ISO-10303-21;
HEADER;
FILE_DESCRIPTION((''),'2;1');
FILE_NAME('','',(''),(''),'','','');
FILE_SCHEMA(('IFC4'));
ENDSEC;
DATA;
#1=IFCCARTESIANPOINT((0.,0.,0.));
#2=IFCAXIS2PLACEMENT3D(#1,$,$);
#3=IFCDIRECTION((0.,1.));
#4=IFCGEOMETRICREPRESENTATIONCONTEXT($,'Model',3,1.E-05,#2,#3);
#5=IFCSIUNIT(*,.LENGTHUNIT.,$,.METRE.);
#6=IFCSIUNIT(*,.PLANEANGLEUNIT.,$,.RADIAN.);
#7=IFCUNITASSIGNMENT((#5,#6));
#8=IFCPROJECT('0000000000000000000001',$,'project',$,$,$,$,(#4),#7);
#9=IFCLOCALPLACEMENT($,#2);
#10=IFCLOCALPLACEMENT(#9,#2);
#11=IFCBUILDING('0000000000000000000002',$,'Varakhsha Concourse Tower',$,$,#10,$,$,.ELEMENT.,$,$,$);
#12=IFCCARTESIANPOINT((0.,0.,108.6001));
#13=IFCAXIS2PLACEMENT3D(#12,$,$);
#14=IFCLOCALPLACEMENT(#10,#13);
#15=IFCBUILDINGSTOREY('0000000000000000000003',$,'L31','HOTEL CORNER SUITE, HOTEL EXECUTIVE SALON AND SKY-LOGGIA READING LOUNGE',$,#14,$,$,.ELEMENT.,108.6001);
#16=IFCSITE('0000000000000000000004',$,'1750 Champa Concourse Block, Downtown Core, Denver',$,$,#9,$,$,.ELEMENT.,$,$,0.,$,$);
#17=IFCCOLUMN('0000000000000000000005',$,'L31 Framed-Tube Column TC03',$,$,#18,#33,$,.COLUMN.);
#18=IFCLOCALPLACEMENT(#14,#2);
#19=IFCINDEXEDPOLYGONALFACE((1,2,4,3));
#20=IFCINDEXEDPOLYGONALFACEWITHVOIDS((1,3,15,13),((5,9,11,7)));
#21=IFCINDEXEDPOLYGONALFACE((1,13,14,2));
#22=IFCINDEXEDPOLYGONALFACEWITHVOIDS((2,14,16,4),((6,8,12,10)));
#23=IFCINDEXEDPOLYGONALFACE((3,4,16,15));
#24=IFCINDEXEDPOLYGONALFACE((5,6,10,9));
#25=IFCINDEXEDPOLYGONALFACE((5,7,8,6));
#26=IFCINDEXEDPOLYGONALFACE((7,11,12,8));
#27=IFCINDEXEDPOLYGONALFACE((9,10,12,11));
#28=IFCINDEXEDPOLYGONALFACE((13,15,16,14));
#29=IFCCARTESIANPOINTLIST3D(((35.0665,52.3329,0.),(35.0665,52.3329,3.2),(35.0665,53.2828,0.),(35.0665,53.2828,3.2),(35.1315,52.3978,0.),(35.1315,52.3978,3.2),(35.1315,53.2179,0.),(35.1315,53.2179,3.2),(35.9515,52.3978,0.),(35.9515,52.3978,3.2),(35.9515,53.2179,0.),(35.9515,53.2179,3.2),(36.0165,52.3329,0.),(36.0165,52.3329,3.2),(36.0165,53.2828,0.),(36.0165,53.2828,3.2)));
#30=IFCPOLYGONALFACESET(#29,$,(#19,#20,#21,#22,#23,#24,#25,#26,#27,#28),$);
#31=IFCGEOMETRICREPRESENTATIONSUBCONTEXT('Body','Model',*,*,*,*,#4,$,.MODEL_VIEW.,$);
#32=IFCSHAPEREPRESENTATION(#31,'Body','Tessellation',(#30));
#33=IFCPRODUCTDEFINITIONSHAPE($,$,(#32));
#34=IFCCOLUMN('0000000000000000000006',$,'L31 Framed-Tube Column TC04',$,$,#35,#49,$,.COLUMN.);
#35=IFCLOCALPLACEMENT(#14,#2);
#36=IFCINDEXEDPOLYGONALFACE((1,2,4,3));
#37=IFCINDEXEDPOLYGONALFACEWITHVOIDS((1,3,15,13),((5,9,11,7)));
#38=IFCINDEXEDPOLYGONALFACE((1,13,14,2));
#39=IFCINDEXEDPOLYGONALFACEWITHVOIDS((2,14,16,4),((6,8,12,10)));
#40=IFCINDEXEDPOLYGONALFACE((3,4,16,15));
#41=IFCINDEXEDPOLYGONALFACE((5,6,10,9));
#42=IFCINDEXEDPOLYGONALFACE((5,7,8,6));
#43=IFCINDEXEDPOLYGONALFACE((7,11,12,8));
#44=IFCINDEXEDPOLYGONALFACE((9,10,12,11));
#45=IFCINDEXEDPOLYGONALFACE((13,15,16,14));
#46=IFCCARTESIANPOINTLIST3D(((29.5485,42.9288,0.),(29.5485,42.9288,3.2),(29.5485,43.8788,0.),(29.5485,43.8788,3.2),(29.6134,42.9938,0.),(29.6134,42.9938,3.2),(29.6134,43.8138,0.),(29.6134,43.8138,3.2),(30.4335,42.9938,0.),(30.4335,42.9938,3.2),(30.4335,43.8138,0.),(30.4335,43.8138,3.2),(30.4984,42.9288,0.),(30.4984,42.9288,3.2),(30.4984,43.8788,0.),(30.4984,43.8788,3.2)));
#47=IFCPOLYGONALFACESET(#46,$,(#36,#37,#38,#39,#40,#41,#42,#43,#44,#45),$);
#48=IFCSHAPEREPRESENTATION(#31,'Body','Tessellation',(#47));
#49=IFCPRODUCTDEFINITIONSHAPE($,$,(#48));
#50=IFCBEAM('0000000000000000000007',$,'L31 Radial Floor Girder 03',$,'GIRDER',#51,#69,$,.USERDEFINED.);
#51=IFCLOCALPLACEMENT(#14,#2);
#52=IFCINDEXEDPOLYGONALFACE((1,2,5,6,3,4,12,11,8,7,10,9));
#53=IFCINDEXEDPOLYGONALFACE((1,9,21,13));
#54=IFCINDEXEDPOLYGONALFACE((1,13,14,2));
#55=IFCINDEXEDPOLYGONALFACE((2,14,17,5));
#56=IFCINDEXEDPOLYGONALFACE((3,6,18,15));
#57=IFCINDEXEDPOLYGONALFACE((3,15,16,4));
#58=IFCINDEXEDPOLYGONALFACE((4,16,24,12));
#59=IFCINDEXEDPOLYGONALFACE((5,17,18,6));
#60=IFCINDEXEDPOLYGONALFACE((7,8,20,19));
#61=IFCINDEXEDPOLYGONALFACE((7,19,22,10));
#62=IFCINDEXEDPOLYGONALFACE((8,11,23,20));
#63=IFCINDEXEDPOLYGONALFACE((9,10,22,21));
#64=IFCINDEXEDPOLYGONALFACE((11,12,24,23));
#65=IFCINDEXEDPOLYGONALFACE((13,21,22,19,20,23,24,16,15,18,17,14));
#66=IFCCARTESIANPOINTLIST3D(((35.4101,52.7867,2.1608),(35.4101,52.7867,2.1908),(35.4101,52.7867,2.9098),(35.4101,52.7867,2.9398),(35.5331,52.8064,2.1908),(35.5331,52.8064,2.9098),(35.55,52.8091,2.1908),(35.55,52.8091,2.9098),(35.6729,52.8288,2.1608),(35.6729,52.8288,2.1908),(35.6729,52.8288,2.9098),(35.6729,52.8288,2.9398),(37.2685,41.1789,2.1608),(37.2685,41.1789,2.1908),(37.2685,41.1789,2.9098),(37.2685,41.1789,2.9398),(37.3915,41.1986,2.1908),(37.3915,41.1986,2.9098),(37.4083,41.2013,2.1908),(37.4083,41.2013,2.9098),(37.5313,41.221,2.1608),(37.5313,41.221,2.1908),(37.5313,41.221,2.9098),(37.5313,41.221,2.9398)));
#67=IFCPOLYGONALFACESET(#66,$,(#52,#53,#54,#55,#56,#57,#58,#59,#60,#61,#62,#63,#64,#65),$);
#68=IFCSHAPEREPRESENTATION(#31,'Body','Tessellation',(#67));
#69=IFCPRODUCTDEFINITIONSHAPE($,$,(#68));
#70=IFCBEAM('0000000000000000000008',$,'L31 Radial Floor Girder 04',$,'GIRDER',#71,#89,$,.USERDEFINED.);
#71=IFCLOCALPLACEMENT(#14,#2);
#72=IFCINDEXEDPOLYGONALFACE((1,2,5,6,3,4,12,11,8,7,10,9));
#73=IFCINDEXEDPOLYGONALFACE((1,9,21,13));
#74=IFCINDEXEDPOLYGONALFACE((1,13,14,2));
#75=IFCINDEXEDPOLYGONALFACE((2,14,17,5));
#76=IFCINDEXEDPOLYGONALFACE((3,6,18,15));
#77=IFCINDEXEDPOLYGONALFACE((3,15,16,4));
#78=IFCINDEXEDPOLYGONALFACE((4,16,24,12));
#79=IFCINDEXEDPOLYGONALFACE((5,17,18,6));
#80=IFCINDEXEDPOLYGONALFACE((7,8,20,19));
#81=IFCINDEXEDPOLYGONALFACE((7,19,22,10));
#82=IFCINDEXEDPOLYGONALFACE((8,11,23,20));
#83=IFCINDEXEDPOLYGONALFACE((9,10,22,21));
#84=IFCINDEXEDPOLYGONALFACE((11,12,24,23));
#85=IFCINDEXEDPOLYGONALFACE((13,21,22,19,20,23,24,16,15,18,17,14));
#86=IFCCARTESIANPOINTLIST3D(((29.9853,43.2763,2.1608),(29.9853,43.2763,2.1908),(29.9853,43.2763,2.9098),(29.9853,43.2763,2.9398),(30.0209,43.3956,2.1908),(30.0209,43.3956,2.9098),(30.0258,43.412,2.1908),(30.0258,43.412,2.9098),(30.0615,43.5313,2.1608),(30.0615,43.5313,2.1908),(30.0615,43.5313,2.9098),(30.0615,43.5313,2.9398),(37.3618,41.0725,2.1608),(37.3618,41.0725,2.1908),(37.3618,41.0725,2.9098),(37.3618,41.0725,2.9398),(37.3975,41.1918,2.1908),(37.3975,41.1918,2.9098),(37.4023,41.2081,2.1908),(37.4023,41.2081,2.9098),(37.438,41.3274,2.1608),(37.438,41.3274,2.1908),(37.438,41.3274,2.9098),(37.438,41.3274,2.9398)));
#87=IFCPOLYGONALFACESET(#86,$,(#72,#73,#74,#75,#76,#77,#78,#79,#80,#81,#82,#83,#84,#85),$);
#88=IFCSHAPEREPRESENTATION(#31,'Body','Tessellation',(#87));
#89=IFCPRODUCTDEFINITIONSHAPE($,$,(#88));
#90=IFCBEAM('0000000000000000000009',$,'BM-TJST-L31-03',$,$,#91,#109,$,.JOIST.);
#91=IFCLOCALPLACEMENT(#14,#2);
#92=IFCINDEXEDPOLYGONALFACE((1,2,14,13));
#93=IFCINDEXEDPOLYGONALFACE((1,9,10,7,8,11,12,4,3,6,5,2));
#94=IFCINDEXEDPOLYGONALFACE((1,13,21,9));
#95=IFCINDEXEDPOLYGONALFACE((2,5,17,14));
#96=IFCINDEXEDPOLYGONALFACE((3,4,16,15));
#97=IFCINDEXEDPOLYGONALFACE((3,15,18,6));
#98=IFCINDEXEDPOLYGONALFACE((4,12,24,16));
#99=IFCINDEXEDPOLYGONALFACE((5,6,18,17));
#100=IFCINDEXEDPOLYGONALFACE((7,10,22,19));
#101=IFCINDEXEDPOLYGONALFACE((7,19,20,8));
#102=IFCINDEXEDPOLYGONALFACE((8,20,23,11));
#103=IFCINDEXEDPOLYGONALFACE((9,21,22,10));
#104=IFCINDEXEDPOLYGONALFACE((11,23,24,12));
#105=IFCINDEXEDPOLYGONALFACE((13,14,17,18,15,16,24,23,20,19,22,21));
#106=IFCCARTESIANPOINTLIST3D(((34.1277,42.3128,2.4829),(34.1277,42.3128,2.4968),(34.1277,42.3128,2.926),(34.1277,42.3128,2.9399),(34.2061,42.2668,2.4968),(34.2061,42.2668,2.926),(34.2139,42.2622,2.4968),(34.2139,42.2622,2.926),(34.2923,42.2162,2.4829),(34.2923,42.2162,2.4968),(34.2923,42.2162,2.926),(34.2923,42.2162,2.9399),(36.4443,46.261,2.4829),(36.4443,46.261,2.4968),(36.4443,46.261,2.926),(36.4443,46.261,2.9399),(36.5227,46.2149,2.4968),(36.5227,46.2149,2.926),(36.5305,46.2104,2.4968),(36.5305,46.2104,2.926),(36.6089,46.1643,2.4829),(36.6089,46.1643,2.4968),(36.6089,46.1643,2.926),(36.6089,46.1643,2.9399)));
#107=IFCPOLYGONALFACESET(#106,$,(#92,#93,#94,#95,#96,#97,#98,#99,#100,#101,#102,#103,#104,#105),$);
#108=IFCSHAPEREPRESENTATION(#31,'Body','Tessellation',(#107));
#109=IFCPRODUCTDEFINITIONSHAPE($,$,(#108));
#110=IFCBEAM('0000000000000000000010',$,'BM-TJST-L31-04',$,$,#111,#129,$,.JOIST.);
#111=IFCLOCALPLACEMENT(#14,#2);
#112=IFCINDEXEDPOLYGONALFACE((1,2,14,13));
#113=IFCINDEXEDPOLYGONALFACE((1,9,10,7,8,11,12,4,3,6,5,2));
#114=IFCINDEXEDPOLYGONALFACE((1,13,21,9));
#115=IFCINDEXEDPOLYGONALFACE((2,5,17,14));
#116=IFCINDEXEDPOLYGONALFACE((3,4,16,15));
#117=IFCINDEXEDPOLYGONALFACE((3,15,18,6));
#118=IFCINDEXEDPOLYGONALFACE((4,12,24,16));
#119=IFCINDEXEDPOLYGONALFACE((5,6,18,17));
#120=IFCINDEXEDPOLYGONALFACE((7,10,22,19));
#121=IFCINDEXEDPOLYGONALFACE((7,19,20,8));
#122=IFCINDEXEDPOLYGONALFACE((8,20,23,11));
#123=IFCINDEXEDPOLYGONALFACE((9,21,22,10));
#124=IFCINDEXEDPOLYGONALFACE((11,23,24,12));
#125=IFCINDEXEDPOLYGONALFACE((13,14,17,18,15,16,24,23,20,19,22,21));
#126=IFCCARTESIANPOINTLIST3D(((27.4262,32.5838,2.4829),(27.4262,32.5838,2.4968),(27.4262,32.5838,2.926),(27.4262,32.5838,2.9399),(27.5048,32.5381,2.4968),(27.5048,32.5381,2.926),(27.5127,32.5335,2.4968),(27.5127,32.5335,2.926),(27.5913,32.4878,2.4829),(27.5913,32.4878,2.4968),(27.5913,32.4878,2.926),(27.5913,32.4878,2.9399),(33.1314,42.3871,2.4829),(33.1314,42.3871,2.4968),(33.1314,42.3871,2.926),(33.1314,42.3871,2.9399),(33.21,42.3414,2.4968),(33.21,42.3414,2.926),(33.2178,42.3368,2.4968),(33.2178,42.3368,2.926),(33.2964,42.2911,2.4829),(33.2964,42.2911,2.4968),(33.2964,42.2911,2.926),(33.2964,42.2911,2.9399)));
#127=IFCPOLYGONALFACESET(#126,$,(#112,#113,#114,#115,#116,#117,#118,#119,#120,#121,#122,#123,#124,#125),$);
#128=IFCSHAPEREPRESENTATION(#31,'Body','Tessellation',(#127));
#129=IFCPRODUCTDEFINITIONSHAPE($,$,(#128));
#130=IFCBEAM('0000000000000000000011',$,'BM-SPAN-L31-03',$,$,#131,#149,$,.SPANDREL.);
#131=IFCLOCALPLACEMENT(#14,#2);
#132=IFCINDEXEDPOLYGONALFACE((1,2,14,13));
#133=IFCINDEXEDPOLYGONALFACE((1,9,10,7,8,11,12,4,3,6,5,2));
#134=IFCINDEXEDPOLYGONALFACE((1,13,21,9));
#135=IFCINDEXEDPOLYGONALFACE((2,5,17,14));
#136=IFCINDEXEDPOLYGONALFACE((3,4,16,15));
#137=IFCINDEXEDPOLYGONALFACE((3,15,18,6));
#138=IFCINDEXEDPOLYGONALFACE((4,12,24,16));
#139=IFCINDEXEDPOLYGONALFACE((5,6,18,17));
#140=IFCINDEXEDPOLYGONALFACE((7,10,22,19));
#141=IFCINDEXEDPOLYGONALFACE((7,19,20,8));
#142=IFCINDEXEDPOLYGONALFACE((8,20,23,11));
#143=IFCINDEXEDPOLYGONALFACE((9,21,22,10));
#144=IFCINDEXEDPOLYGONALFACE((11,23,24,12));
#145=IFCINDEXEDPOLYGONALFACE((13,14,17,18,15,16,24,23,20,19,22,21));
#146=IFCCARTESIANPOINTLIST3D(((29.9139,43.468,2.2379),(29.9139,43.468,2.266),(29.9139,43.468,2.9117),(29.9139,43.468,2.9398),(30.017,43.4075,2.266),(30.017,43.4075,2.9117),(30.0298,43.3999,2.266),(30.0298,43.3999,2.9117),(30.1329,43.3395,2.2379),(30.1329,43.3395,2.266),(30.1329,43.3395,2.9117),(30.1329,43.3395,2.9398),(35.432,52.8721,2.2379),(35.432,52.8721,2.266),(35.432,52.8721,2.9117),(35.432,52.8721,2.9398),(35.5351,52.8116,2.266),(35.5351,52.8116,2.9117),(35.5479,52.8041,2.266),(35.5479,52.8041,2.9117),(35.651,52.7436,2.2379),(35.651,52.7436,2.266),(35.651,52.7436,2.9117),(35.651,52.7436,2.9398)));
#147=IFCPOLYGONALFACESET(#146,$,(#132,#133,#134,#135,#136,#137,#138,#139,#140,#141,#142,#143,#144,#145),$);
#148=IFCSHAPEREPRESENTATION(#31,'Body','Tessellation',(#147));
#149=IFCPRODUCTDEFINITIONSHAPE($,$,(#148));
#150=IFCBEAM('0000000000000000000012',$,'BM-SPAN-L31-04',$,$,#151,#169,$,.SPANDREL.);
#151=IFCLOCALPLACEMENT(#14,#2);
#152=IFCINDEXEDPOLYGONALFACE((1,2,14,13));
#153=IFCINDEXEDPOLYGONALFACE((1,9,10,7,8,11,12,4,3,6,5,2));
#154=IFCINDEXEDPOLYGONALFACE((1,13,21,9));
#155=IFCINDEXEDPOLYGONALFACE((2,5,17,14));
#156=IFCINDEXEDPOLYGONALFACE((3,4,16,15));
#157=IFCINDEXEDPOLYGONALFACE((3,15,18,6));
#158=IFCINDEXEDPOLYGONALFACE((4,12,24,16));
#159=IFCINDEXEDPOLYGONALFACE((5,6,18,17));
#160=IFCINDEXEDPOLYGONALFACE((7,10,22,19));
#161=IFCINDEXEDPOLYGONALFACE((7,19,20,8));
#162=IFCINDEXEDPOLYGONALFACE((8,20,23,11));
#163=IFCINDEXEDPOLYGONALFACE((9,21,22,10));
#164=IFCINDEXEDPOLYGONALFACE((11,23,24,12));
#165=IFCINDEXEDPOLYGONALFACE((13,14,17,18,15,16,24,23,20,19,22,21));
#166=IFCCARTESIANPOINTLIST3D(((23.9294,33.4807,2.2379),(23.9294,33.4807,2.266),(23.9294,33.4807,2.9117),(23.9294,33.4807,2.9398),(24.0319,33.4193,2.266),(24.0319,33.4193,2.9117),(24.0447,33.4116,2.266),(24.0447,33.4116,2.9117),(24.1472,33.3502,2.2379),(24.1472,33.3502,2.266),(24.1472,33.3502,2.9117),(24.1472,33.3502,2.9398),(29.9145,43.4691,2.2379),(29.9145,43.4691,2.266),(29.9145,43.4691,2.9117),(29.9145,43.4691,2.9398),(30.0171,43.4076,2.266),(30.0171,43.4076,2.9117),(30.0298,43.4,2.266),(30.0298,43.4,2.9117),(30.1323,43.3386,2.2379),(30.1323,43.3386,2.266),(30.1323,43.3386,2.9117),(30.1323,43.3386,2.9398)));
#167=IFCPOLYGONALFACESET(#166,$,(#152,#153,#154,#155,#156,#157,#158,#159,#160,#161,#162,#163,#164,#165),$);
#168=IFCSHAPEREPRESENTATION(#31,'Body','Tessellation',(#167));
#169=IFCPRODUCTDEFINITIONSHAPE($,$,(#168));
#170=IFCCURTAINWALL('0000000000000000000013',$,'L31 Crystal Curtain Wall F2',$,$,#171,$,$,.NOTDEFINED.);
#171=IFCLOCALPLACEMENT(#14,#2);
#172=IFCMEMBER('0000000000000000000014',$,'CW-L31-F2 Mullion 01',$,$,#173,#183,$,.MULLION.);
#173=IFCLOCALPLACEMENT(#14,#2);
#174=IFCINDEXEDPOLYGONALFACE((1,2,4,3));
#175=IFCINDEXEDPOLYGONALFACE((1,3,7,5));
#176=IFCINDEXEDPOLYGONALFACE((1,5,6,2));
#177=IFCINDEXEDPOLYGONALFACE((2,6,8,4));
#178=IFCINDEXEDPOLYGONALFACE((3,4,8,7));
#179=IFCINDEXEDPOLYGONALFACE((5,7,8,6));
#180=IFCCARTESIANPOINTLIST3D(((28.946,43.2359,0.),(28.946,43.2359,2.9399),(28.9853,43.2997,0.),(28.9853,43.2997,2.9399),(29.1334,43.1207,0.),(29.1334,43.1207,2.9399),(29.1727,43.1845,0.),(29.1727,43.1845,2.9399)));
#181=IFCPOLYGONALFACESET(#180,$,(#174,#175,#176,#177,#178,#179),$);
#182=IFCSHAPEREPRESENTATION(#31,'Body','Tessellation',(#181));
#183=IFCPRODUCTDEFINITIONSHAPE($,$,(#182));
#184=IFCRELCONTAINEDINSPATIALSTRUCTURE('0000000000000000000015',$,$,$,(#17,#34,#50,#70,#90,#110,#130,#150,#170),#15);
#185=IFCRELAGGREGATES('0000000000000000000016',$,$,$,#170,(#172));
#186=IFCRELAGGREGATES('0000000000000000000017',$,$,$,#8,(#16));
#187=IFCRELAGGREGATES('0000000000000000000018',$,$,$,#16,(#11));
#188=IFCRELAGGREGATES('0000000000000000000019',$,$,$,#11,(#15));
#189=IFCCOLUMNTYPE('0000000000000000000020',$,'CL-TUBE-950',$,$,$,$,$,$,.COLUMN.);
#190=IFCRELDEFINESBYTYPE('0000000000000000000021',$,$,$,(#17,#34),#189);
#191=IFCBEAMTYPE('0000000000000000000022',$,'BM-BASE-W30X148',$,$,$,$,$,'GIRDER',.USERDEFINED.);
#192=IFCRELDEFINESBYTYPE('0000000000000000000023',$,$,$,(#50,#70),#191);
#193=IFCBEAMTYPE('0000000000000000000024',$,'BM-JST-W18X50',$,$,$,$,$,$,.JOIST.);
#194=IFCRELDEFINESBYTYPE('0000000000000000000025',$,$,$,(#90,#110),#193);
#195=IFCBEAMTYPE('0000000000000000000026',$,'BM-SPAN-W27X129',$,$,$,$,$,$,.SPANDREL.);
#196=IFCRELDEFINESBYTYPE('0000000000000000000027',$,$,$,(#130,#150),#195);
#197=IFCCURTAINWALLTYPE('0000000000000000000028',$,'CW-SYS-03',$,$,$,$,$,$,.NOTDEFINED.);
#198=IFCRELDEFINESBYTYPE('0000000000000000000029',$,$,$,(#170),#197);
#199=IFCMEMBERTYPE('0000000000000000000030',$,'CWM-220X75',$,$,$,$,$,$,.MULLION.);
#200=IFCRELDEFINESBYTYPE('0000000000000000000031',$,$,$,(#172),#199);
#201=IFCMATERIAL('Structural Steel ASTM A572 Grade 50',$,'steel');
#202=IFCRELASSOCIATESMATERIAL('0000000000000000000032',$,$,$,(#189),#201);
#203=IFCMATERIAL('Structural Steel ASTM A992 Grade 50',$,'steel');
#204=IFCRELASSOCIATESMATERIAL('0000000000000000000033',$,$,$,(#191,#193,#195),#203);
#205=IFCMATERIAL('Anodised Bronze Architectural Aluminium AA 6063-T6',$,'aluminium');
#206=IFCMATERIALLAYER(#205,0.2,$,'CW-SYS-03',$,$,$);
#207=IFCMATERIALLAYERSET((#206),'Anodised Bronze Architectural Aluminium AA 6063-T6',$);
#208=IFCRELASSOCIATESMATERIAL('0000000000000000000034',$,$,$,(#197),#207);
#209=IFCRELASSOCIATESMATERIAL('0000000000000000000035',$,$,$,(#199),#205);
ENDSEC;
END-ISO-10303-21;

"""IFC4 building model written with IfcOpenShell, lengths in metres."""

from ifc_helpers import new_model, si_unit, direction, frame, origin, origin_2d, place, context, subcontext, project, spatial, rectangle, hollow_rectangle, i_section, extrude, source, transform, mapped, material, layer, layer_set, material_profile, profile_set, type_object, type_shapes, element, aggregate, save


model = new_model("IFC4")

# Units and contexts
model_context = context("Model", 3, precision=1e-05, world=origin(), true_north=direction((0.0, 1.0)))
body_context = subcontext(model_context, "Body", "Model", "MODEL_VIEW")
ifc_project = project(units=[si_unit("LENGTHUNIT", "METRE"), si_unit("PLANEANGLEUNIT", "RADIAN")], contexts=[model_context])

# Site, building, storey
site_placement = place(None, origin())
site = spatial("IfcSite", under=ifc_project, at=site_placement, Name="1750 Champa Concourse Block, Downtown Core, Denver", CompositionType="ELEMENT", RefElevation=0.0)
building_placement = place(site_placement, origin())
building = spatial("IfcBuilding", under=site, at=building_placement, Name="Varakhsha Concourse Tower", CompositionType="ELEMENT")
storey_placement = place(building_placement, frame((0.0, 0.0, 108.6001)))
storey = spatial("IfcBuildingStorey", under=building, at=storey_placement, Name="L31", Description="HOTEL CORNER SUITE, HOTEL EXECUTIVE SALON AND SKY-LOGGIA READING LOUNGE", CompositionType="ELEMENT", Elevation=108.6001)

# Columns
ifc_material_1 = material(Name="Structural Steel ASTM A572 Grade 50", Category="steel")
ifc_material_profile_1 = material_profile(ifc_material_1, hollow_rectangle(XDim=0.95, YDim=0.95, WallThickness=0.0649, at=origin_2d()), Name="BOX 950x950x65")
ifc_profile_set_1 = profile_set([ifc_material_profile_1], Name="Structural Steel ASTM A572 Grade 50")
column_type = type_object("IfcColumnType", Name="CL-TUBE-950", PredefinedType="COLUMN", material=ifc_profile_set_1)
for number, where, z_axis, x_axis, name in (
    (1, (35.5415, 52.8079, 0.0), (0.0, 0.0, 1.0), (1.0, 0.0, 0.0), "L31 Framed-Tube Column TC03"),
    (2, (30.0234, 43.4038, 0.0), (0.0, 0.0, 1.0), (1.0, 0.0, 0.0), "L31 Framed-Tube Column TC04"),
):
    element("IfcColumn", number, at=place(storey_placement, frame(where, z_axis=z_axis, x_axis=x_axis)), inside=storey, type_object=column_type, Name=name, PredefinedType="COLUMN", context=body_context, shape_type="SweptSolid", body=[
        extrude(hollow_rectangle(XDim=0.95, YDim=0.95, WallThickness=0.0649, at=origin_2d()), origin(), (0.0, 0.0, 1.0), 3.2),
    ])

# Beams
ifc_material_2 = material(Name="Structural Steel ASTM A992 Grade 50", Category="steel")
ifc_material_profile_2 = material_profile(ifc_material_2, i_section(OverallWidth=0.2661, OverallDepth=0.7791, WebThickness=0.0171, FlangeThickness=0.03, at=origin_2d()), Name="W30X148")
ifc_profile_set_2 = profile_set([ifc_material_profile_2], Name="Structural Steel ASTM A992 Grade 50")
beam_type_1 = type_object("IfcBeamType", Name="BM-BASE-W30X148", ElementType="GIRDER", PredefinedType="USERDEFINED", material=ifc_profile_set_2)
beam_1_placement = place(storey_placement, frame((37.3999, 41.2, 2.5503), z_axis=(-0.158084, 0.987426, 0.0), x_axis=(-0.987426, -0.158084, 0.0)))
element("IfcBeam", 3, at=beam_1_placement, inside=storey, type_object=beam_type_1, Name="L31 Radial Floor Girder 03", ObjectType="GIRDER", PredefinedType="USERDEFINED", context=body_context, shape_type="SweptSolid", body=[
    extrude(i_section(OverallWidth=0.2661, OverallDepth=0.7791, WebThickness=0.0171, FlangeThickness=0.03, at=origin_2d()), origin(), (0.0, 0.0, 1.0), 11.7556),
])
beam_2_placement = place(storey_placement, frame((37.3999, 41.2, 2.5503), z_axis=(-0.95815, 0.286265, 0.0), x_axis=(-0.286265, -0.95815, 0.0)))
element("IfcBeam", 4, at=beam_2_placement, inside=storey, type_object=beam_type_1, Name="L31 Radial Floor Girder 04", ObjectType="GIRDER", PredefinedType="USERDEFINED", context=body_context, shape_type="SweptSolid", body=[
    extrude(i_section(OverallWidth=0.2661, OverallDepth=0.7791, WebThickness=0.0171, FlangeThickness=0.03, at=origin_2d()), origin(), (0.0, 0.0, 1.0), 7.6987),
])
ifc_material_profile_3 = material_profile(ifc_material_2, i_section(OverallWidth=0.1909, OverallDepth=0.457, WebThickness=0.009, FlangeThickness=0.0139, at=origin_2d()), Name="W18X50")
ifc_profile_set_3 = profile_set([ifc_material_profile_3], Name="Structural Steel ASTM A992 Grade 50")
beam_type_2 = type_object("IfcBeamType", Name="BM-JST-W18X50", PredefinedType="JOIST", material=ifc_profile_set_3)
beam_3_placement = place(storey_placement, frame((36.5266, 46.2126, 2.7114), z_axis=(-0.506071, -0.862492, 0.0), x_axis=(0.862492, -0.506071, 0.0)))
element("IfcBeam", 5, at=beam_3_placement, inside=storey, type_object=beam_type_2, Name="BM-TJST-L31-03", PredefinedType="JOIST", context=body_context, shape_type="SweptSolid", body=[
    extrude(i_section(OverallWidth=0.1909, OverallDepth=0.457, WebThickness=0.009, FlangeThickness=0.0139, at=origin_2d()), origin(), (0.0, 0.0, 1.0), 4.5776),
])
beam_4_placement = place(storey_placement, frame((33.2139, 42.3391, 2.7114), z_axis=(-0.502985, -0.864295, 0.0), x_axis=(0.864295, -0.502985, 0.0)))
element("IfcBeam", 6, at=beam_4_placement, inside=storey, type_object=beam_type_2, Name="BM-TJST-L31-04", PredefinedType="JOIST", context=body_context, shape_type="SweptSolid", body=[
    extrude(i_section(OverallWidth=0.1909, OverallDepth=0.457, WebThickness=0.009, FlangeThickness=0.0139, at=origin_2d()), origin(), (0.0, 0.0, 1.0), 11.3425),
])
ifc_material_profile_4 = material_profile(ifc_material_2, i_section(OverallWidth=0.2539, OverallDepth=0.7019, WebThickness=0.0149, FlangeThickness=0.0281, at=origin_2d()), Name="W27X129")
ifc_profile_set_4 = profile_set([ifc_material_profile_4], Name="Structural Steel ASTM A992 Grade 50")
beam_type_3 = type_object("IfcBeamType", Name="BM-SPAN-W27X129", PredefinedType="SPANDREL", material=ifc_profile_set_4)
beam_5_placement = place(storey_placement, frame((35.5415, 52.8079, 2.5889), z_axis=(-0.506084, -0.862484, 0.0), x_axis=(0.862484, -0.506084, 0.0)))
element("IfcBeam", 7, at=beam_5_placement, inside=storey, type_object=beam_type_3, Name="BM-SPAN-L31-03", PredefinedType="SPANDREL", context=body_context, shape_type="SweptSolid", body=[
    extrude(i_section(OverallWidth=0.2539, OverallDepth=0.7019, WebThickness=0.0149, FlangeThickness=0.0281, at=origin_2d()), origin(), (0.0, 0.0, 1.0), 10.9036),
])
beam_6_placement = place(storey_placement, frame((30.0234, 43.4038, 2.5889), z_axis=(-0.513999, -0.857791, 0.0), x_axis=(0.857791, -0.513999, 0.0)))
element("IfcBeam", 8, at=beam_6_placement, inside=storey, type_object=beam_type_3, Name="BM-SPAN-L31-04", PredefinedType="SPANDREL", context=body_context, shape_type="SweptSolid", body=[
    extrude(i_section(OverallWidth=0.2539, OverallDepth=0.7019, WebThickness=0.0149, FlangeThickness=0.0281, at=origin_2d()), origin(), (0.0, 0.0, 1.0), 11.6443),
])

# Curtain wall, member
ifc_material_3 = material(Name="Anodised Bronze Architectural Aluminium AA 6063-T6", Category="aluminium")
ifc_layer_1 = layer(ifc_material_3, 0.2, Name="CW-SYS-03")
ifc_layer_set_1 = layer_set([ifc_layer_1], Name="Anodised Bronze Architectural Aluminium AA 6063-T6")
curtain_wall_type = type_object("IfcCurtainWallType", Name="CW-SYS-03", PredefinedType="NOTDEFINED", material=ifc_layer_set_1)
curtain_wall_placement = place(storey_placement, origin())
curtain_wall = element("IfcCurtainWall", 9, at=curtain_wall_placement, inside=storey, type_object=curtain_wall_type, Name="L31 Crystal Curtain Wall F2", PredefinedType="NOTDEFINED")
ifc_material_profile_5 = material_profile(ifc_material_3, rectangle(XDim=0.075, YDim=0.22, at=origin_2d()), Name="CWM-220X75")
ifc_profile_set_5 = profile_set([ifc_material_profile_5], Name="Anodised Bronze Architectural Aluminium AA 6063-T6")
member_type = type_object("IfcMemberType", Name="CWM-220X75", PredefinedType="MULLION", material=ifc_profile_set_5)
shared_shape_1 = source(origin(), body_context, "Body", "SweptSolid", [
    extrude(rectangle(XDim=0.075, YDim=0.22, at=origin_2d()), origin(), (0.0, 0.0, 1.0), 2.9399),
])
type_shapes(member_type, [shared_shape_1])
member_1_placement = place(storey_placement, frame((29.0593, 43.2102, 0.0), z_axis=(0.0, 0.0, 1.0), x_axis=(0.523665, 0.851924, 0.0)))
member_1 = element("IfcMember", 10, at=member_1_placement, type_object=member_type, Name="CW-L31-F2 Mullion 01", PredefinedType="MULLION", context=body_context, shape_type="MappedRepresentation", body=[
    mapped(shared_shape_1, transform((0.0, 0.0, 0.0), scale=1.0)),
])

aggregate(curtain_wall, [member_1])

save(model, "model.ifc")
